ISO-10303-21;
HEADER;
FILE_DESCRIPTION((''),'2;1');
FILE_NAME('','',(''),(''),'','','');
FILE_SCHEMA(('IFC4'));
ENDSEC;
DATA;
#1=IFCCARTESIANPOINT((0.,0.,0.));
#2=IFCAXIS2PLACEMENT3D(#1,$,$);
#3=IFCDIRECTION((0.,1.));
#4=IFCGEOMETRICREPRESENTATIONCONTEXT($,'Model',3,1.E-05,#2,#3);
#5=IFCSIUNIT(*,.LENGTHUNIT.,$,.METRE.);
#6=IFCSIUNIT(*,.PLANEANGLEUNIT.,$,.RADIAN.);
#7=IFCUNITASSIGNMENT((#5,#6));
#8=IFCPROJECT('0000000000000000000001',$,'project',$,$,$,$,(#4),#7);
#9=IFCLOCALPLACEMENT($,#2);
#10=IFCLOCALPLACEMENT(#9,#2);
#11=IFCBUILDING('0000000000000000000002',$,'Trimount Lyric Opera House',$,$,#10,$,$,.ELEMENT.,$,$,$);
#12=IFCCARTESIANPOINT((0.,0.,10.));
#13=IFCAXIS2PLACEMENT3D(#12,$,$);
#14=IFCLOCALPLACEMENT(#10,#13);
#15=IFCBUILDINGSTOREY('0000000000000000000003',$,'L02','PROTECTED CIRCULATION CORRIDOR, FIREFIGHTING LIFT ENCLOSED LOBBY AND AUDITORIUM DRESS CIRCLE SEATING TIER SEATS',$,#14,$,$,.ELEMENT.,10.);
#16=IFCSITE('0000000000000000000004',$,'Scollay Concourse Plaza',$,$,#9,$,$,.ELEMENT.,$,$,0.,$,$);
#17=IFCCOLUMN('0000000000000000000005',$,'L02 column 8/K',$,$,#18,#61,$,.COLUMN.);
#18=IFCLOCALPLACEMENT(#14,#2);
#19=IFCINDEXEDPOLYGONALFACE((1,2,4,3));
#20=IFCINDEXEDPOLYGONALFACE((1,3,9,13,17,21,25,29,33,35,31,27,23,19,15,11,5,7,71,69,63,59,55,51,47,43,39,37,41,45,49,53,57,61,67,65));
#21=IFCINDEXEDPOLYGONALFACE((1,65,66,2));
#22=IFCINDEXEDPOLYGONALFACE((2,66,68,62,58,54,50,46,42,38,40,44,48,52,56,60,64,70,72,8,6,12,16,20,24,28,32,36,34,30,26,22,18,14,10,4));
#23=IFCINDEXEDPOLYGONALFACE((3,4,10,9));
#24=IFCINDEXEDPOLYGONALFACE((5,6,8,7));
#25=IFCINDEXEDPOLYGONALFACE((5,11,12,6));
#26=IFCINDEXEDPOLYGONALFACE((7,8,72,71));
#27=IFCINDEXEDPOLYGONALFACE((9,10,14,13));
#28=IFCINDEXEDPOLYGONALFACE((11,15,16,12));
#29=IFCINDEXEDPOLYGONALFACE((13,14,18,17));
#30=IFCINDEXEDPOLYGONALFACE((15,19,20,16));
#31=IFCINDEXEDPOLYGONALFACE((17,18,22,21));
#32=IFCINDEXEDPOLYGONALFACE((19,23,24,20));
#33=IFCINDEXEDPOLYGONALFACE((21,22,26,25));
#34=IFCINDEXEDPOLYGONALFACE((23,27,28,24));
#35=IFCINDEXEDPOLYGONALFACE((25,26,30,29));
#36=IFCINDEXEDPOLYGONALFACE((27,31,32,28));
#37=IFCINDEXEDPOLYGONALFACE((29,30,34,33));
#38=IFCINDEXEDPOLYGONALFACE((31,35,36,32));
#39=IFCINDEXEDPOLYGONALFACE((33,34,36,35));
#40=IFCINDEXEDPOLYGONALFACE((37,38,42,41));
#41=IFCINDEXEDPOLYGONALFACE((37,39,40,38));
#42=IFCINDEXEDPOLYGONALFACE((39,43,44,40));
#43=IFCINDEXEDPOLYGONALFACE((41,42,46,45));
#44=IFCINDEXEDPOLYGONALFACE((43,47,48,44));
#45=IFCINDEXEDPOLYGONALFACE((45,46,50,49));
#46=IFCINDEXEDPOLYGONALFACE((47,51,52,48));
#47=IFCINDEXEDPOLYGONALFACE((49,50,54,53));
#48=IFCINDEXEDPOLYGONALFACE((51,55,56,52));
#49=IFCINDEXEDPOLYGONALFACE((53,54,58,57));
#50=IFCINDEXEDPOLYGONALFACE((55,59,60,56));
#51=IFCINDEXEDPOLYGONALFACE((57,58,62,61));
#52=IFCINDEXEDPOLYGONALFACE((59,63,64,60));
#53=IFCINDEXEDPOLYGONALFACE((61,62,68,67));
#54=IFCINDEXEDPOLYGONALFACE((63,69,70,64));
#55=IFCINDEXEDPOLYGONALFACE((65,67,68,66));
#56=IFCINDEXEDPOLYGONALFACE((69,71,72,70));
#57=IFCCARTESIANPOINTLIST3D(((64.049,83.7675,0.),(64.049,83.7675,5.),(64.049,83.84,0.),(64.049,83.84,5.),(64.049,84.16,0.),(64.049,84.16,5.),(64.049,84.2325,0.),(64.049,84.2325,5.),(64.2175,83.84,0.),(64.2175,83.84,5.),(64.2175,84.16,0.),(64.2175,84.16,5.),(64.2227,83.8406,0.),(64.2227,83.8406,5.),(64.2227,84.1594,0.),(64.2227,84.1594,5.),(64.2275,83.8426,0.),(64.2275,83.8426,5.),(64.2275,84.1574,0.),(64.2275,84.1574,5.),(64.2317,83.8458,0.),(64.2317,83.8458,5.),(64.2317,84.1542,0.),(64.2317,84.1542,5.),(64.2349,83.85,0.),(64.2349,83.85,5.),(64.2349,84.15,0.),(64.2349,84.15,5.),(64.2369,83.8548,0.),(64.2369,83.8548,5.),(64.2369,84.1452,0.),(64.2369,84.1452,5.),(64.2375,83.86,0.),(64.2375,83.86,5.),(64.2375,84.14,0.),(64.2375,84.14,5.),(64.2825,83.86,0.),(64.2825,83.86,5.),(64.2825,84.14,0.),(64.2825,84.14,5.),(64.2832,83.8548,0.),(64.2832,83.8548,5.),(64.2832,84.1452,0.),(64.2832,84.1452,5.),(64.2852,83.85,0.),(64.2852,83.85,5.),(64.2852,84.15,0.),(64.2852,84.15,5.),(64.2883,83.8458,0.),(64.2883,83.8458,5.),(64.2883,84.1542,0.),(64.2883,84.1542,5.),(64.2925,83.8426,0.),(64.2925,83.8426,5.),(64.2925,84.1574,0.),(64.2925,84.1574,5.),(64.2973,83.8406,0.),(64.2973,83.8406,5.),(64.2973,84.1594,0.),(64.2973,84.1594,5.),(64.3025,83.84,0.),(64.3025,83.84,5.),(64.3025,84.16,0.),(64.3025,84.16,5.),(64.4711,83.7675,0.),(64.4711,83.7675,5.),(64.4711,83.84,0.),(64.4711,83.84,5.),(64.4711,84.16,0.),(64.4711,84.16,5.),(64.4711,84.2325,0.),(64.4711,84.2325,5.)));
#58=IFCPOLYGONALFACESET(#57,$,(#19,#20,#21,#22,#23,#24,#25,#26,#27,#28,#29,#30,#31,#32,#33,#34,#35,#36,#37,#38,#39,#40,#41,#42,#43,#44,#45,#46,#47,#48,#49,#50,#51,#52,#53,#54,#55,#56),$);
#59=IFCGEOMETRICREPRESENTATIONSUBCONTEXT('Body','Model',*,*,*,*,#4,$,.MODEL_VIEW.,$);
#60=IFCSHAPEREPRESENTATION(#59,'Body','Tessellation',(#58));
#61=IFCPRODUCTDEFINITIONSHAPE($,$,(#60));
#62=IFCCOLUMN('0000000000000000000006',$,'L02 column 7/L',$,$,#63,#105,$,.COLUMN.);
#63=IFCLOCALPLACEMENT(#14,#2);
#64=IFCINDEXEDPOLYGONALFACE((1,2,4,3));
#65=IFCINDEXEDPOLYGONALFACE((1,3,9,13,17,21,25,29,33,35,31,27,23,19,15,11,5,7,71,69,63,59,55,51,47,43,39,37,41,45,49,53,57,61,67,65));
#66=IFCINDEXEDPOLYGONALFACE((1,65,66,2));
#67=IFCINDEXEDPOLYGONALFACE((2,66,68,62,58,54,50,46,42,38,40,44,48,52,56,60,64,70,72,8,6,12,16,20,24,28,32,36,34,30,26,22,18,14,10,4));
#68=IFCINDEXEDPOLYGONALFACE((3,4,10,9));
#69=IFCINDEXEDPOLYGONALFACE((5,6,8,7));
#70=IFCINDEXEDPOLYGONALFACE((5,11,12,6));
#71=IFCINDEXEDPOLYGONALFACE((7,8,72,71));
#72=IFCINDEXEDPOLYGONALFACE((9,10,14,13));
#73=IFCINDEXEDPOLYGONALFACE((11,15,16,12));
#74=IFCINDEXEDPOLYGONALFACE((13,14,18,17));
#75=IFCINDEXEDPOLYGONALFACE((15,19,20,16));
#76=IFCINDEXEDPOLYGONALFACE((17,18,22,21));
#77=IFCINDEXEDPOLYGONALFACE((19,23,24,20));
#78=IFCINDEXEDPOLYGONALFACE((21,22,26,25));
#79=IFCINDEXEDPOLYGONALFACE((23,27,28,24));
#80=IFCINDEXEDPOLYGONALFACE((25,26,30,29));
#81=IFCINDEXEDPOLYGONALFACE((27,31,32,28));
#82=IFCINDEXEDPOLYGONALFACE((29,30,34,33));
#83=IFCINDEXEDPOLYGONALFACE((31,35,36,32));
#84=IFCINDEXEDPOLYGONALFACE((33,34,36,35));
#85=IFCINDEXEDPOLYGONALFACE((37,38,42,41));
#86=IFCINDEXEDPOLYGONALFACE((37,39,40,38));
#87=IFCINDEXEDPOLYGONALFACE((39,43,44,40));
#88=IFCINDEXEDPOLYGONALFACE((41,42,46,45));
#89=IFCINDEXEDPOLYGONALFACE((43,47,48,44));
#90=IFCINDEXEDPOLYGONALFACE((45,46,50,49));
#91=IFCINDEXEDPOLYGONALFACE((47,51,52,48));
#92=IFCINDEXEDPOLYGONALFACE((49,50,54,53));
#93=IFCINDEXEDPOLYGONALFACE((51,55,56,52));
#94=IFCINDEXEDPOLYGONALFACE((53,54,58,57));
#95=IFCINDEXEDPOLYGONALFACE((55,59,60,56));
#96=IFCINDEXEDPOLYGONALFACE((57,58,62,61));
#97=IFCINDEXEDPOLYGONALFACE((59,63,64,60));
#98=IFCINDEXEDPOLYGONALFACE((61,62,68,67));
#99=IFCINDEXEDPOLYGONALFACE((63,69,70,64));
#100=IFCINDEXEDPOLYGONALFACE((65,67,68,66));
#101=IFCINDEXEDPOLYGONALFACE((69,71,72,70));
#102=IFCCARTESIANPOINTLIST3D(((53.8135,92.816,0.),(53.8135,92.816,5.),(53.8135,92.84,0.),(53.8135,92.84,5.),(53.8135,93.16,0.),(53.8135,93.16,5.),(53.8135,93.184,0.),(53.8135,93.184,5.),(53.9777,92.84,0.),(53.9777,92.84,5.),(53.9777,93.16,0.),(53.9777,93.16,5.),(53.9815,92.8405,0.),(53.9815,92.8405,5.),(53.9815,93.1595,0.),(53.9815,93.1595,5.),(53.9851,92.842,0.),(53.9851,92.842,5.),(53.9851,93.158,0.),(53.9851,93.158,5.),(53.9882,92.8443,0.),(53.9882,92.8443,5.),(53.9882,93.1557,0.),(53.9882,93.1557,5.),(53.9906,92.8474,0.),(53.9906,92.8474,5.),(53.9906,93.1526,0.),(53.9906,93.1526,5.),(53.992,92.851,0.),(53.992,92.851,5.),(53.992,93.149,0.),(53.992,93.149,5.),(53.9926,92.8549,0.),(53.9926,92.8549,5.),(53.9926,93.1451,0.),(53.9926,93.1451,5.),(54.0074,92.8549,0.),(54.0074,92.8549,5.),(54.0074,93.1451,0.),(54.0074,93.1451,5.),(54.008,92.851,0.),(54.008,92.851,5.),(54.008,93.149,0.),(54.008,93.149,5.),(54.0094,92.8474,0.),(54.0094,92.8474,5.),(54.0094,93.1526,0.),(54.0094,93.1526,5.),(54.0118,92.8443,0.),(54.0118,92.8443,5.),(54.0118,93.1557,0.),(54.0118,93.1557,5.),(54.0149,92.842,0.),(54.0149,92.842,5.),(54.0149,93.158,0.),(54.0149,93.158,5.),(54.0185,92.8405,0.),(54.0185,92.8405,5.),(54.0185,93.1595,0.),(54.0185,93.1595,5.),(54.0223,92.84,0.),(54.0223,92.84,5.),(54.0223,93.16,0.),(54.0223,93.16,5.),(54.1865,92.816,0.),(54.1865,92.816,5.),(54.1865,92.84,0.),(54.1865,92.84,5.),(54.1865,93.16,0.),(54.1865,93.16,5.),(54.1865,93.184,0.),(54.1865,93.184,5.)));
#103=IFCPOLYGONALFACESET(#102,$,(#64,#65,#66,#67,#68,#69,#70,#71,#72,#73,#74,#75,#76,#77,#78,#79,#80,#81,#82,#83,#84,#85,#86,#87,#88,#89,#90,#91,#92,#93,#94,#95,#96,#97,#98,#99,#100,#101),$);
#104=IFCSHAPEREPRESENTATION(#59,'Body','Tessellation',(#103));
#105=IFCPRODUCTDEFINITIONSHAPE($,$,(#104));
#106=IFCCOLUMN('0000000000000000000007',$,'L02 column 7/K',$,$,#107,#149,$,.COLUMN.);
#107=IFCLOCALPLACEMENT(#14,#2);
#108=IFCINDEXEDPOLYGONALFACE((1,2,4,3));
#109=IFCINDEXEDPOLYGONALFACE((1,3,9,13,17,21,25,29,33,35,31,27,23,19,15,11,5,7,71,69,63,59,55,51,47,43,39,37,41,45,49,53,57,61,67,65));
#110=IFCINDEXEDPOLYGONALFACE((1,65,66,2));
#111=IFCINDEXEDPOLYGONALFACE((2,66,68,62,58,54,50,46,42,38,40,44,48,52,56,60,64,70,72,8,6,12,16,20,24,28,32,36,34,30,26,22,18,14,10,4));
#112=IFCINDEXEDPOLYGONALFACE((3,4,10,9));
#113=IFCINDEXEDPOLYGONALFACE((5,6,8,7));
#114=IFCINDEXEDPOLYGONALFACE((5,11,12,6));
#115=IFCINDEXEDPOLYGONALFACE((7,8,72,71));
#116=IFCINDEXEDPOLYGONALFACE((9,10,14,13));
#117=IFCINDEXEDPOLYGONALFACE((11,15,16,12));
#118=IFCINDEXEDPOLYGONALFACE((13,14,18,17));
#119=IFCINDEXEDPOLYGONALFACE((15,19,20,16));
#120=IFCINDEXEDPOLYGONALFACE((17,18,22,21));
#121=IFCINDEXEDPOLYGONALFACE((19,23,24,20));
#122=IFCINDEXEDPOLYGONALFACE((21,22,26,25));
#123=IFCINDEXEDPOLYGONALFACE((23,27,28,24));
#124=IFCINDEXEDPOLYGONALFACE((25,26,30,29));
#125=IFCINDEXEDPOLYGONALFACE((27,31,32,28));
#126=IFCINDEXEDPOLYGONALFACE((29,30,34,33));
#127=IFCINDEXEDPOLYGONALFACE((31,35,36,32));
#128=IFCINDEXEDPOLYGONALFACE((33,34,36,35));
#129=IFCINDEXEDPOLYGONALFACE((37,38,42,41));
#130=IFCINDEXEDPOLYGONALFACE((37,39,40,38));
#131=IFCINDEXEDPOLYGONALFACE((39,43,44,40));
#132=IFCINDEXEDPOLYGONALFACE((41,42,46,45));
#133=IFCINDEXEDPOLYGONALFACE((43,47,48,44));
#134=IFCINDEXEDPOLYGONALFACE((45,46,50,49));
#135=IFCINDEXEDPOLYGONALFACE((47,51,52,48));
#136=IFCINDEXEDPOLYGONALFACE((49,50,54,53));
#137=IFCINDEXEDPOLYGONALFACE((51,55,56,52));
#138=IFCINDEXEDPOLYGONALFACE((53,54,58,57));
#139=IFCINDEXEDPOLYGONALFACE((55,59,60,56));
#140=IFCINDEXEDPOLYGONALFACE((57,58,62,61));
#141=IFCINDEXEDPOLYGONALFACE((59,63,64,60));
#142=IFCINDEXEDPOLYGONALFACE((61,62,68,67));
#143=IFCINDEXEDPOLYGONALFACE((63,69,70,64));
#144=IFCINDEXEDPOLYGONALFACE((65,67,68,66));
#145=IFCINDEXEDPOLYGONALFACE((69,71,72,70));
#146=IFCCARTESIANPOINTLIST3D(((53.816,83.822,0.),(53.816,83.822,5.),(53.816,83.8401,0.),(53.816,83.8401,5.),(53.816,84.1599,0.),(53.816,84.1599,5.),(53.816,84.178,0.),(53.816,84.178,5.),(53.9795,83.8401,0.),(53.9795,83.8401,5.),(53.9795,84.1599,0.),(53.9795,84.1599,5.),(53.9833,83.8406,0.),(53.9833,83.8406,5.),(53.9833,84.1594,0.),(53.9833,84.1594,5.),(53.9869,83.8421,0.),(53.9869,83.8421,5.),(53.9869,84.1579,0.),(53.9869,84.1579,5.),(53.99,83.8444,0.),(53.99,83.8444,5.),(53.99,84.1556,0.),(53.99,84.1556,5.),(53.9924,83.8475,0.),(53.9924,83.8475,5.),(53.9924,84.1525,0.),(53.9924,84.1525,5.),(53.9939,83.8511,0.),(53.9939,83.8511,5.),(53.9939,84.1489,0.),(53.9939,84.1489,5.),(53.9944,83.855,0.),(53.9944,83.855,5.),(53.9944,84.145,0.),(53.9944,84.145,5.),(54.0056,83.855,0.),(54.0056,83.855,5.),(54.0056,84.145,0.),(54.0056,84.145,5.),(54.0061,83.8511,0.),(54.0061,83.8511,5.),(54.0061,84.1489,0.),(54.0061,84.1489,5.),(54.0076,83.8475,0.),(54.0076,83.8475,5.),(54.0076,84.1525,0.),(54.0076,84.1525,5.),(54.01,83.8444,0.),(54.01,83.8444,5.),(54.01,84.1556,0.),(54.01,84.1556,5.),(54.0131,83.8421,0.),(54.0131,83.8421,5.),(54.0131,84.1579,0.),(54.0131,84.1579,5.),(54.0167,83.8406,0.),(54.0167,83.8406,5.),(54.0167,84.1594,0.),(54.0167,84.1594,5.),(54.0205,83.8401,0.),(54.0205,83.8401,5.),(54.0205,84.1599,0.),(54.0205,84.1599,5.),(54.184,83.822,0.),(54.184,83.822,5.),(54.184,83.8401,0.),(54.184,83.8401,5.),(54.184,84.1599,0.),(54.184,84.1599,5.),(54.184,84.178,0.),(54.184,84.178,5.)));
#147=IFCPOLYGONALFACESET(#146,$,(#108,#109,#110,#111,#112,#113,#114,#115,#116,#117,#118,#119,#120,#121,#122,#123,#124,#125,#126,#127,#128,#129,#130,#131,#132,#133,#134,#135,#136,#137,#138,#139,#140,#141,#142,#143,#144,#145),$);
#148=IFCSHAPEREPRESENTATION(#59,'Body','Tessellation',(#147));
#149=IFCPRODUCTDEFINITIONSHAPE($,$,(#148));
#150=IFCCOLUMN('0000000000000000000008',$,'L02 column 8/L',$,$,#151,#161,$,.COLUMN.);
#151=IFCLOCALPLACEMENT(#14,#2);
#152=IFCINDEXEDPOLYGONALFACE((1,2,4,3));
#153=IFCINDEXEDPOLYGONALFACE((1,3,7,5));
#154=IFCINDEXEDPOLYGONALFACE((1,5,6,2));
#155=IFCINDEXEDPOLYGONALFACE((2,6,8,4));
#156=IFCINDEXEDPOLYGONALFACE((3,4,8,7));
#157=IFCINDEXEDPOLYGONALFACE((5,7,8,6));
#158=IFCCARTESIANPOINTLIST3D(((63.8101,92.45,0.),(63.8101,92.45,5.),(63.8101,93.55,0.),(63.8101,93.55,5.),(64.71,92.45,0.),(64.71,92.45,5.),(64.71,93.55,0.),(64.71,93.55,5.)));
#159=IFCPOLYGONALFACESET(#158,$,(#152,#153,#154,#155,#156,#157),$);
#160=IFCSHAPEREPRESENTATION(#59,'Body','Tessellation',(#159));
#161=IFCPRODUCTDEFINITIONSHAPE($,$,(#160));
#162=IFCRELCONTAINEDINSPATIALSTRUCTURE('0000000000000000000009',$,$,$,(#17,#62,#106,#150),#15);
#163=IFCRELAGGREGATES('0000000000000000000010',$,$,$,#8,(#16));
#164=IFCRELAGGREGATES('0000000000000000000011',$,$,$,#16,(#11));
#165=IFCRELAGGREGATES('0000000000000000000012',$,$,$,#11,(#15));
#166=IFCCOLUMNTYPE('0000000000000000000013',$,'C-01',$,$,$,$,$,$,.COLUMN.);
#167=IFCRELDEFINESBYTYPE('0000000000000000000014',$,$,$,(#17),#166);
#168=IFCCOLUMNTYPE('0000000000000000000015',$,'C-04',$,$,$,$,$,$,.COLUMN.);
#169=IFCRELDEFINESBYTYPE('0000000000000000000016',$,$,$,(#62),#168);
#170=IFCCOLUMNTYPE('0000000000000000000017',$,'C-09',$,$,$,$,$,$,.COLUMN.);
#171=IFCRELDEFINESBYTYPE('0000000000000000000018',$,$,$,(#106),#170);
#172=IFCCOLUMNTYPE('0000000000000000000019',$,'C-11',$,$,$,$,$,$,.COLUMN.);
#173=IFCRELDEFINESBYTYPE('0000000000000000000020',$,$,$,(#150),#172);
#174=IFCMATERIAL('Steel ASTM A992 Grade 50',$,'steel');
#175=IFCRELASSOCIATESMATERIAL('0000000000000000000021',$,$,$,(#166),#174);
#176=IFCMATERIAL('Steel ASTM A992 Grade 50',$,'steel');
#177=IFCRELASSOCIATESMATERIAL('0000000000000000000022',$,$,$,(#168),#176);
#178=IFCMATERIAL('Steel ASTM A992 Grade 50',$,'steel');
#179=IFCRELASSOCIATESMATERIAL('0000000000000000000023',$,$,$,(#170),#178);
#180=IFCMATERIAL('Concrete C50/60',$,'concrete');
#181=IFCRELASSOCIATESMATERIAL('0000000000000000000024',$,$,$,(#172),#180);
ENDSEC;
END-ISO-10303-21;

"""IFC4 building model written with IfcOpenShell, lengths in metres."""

from ifc_helpers import new_model, si_unit, direction, frame, origin, origin_2d, place, context, subcontext, project, spatial, rectangle, i_section, extrude, material, material_profile, profile_set, type_object, element, save


model = new_model("IFC4")

# Units and contexts
model_context = context("Model", 3, precision=1e-05, world=origin(), true_north=direction((0.0, 1.0)))
body_context = subcontext(model_context, "Body", "Model", "MODEL_VIEW")
ifc_project = project(units=[si_unit("LENGTHUNIT", "METRE"), si_unit("PLANEANGLEUNIT", "RADIAN")], contexts=[model_context])

# Site, building, storey
site_placement = place(None, origin())
site = spatial("IfcSite", under=ifc_project, at=site_placement, Name="Scollay Concourse Plaza", CompositionType="ELEMENT", RefElevation=0.0)
building_placement = place(site_placement, origin())
building = spatial("IfcBuilding", under=site, at=building_placement, Name="Trimount Lyric Opera House", CompositionType="ELEMENT")
storey_placement = place(building_placement, frame((0.0, 0.0, 10.0)))
storey = spatial("IfcBuildingStorey", under=building, at=storey_placement, Name="L02", Description="PROTECTED CIRCULATION CORRIDOR, FIREFIGHTING LIFT ENCLOSED LOBBY AND AUDITORIUM DRESS CIRCLE SEATING TIER SEATS", CompositionType="ELEMENT", Elevation=10.0)

# Columns
ifc_material_1 = material(Name="Steel ASTM A992 Grade 50", Category="steel")
ifc_material_profile_1 = material_profile(ifc_material_1, i_section(OverallWidth=0.4221, OverallDepth=0.4651, WebThickness=0.0449, FlangeThickness=0.0725, FilletRadius=0.02, at=origin_2d()), Name="W14X398")
ifc_profile_set_1 = profile_set([ifc_material_profile_1], Name="Steel ASTM A992 Grade 50")
column_type_1 = type_object("IfcColumnType", Name="C-01", PredefinedType="COLUMN", material=ifc_profile_set_1)
column_1_placement = place(storey_placement, frame((64.26, 84.0, 0.0), z_axis=(0.0, 0.0, 1.0), x_axis=(1.0, 0.0, 0.0)))
element("IfcColumn", 1, at=column_1_placement, inside=storey, type_object=column_type_1, Name="L02 column 8/K", PredefinedType="COLUMN", context=body_context, shape_type="SweptSolid", body=[
    extrude(i_section(OverallWidth=0.4221, OverallDepth=0.4651, WebThickness=0.0449, FlangeThickness=0.0725, FilletRadius=0.02, at=origin_2d()), origin(), (0.0, 0.0, 1.0), 5.0),
])
ifc_material_2 = material(Name="Steel ASTM A992 Grade 50", Category="steel")
ifc_material_profile_2 = material_profile(ifc_material_2, i_section(OverallWidth=0.373, OverallDepth=0.3679, WebThickness=0.0149, FlangeThickness=0.0239, FilletRadius=0.0149, at=origin_2d()), Name="W14X120")
ifc_profile_set_2 = profile_set([ifc_material_profile_2], Name="Steel ASTM A992 Grade 50")
column_type_2 = type_object("IfcColumnType", Name="C-04", PredefinedType="COLUMN", material=ifc_profile_set_2)
column_2_placement = place(storey_placement, frame((54.0, 93.0, 0.0), z_axis=(0.0, 0.0, 1.0), x_axis=(1.0, 0.0, 0.0)))
element("IfcColumn", 2, at=column_2_placement, inside=storey, type_object=column_type_2, Name="L02 column 7/L", PredefinedType="COLUMN", context=body_context, shape_type="SweptSolid", body=[
    extrude(i_section(OverallWidth=0.373, OverallDepth=0.3679, WebThickness=0.0149, FlangeThickness=0.0239, FilletRadius=0.0149, at=origin_2d()), origin(), (0.0, 0.0, 1.0), 5.0),
])
ifc_material_3 = material(Name="Steel ASTM A992 Grade 50", Category="steel")
ifc_material_profile_3 = material_profile(ifc_material_3, i_section(OverallWidth=0.3679, OverallDepth=0.356, WebThickness=0.0112, FlangeThickness=0.0181, FilletRadius=0.0149, at=origin_2d()), Name="W14X90")
ifc_profile_set_3 = profile_set([ifc_material_profile_3], Name="Steel ASTM A992 Grade 50")
column_type_3 = type_object("IfcColumnType", Name="C-09", PredefinedType="COLUMN", material=ifc_profile_set_3)
column_3_placement = place(storey_placement, frame((54.0, 84.0, 0.0), z_axis=(0.0, 0.0, 1.0), x_axis=(1.0, 0.0, 0.0)))
element("IfcColumn", 3, at=column_3_placement, inside=storey, type_object=column_type_3, Name="L02 column 7/K", PredefinedType="COLUMN", context=body_context, shape_type="SweptSolid", body=[
    extrude(i_section(OverallWidth=0.3679, OverallDepth=0.356, WebThickness=0.0112, FlangeThickness=0.0181, FilletRadius=0.0149, at=origin_2d()), origin(), (0.0, 0.0, 1.0), 5.0),
])
ifc_material_4 = material(Name="Concrete C50/60", Category="concrete")
ifc_material_profile_4 = material_profile(ifc_material_4, rectangle(XDim=0.8999, YDim=1.1001, at=origin_2d()), Name="RC1100X900")
ifc_profile_set_4 = profile_set([ifc_material_profile_4], Name="Concrete C50/60")
column_type_4 = type_object("IfcColumnType", Name="C-11", PredefinedType="COLUMN", material=ifc_profile_set_4)
column_4_placement = place(storey_placement, frame((64.26, 93.0, 0.0), z_axis=(0.0, 0.0, 1.0), x_axis=(1.0, 0.0, 0.0)))
element("IfcColumn", 4, at=column_4_placement, inside=storey, type_object=column_type_4, Name="L02 column 8/L", PredefinedType="COLUMN", context=body_context, shape_type="SweptSolid", body=[
    extrude(rectangle(XDim=0.8999, YDim=1.1001, at=origin_2d()), origin(), (0.0, 0.0, 1.0), 5.0),
])

save(model, "model.ifc")
